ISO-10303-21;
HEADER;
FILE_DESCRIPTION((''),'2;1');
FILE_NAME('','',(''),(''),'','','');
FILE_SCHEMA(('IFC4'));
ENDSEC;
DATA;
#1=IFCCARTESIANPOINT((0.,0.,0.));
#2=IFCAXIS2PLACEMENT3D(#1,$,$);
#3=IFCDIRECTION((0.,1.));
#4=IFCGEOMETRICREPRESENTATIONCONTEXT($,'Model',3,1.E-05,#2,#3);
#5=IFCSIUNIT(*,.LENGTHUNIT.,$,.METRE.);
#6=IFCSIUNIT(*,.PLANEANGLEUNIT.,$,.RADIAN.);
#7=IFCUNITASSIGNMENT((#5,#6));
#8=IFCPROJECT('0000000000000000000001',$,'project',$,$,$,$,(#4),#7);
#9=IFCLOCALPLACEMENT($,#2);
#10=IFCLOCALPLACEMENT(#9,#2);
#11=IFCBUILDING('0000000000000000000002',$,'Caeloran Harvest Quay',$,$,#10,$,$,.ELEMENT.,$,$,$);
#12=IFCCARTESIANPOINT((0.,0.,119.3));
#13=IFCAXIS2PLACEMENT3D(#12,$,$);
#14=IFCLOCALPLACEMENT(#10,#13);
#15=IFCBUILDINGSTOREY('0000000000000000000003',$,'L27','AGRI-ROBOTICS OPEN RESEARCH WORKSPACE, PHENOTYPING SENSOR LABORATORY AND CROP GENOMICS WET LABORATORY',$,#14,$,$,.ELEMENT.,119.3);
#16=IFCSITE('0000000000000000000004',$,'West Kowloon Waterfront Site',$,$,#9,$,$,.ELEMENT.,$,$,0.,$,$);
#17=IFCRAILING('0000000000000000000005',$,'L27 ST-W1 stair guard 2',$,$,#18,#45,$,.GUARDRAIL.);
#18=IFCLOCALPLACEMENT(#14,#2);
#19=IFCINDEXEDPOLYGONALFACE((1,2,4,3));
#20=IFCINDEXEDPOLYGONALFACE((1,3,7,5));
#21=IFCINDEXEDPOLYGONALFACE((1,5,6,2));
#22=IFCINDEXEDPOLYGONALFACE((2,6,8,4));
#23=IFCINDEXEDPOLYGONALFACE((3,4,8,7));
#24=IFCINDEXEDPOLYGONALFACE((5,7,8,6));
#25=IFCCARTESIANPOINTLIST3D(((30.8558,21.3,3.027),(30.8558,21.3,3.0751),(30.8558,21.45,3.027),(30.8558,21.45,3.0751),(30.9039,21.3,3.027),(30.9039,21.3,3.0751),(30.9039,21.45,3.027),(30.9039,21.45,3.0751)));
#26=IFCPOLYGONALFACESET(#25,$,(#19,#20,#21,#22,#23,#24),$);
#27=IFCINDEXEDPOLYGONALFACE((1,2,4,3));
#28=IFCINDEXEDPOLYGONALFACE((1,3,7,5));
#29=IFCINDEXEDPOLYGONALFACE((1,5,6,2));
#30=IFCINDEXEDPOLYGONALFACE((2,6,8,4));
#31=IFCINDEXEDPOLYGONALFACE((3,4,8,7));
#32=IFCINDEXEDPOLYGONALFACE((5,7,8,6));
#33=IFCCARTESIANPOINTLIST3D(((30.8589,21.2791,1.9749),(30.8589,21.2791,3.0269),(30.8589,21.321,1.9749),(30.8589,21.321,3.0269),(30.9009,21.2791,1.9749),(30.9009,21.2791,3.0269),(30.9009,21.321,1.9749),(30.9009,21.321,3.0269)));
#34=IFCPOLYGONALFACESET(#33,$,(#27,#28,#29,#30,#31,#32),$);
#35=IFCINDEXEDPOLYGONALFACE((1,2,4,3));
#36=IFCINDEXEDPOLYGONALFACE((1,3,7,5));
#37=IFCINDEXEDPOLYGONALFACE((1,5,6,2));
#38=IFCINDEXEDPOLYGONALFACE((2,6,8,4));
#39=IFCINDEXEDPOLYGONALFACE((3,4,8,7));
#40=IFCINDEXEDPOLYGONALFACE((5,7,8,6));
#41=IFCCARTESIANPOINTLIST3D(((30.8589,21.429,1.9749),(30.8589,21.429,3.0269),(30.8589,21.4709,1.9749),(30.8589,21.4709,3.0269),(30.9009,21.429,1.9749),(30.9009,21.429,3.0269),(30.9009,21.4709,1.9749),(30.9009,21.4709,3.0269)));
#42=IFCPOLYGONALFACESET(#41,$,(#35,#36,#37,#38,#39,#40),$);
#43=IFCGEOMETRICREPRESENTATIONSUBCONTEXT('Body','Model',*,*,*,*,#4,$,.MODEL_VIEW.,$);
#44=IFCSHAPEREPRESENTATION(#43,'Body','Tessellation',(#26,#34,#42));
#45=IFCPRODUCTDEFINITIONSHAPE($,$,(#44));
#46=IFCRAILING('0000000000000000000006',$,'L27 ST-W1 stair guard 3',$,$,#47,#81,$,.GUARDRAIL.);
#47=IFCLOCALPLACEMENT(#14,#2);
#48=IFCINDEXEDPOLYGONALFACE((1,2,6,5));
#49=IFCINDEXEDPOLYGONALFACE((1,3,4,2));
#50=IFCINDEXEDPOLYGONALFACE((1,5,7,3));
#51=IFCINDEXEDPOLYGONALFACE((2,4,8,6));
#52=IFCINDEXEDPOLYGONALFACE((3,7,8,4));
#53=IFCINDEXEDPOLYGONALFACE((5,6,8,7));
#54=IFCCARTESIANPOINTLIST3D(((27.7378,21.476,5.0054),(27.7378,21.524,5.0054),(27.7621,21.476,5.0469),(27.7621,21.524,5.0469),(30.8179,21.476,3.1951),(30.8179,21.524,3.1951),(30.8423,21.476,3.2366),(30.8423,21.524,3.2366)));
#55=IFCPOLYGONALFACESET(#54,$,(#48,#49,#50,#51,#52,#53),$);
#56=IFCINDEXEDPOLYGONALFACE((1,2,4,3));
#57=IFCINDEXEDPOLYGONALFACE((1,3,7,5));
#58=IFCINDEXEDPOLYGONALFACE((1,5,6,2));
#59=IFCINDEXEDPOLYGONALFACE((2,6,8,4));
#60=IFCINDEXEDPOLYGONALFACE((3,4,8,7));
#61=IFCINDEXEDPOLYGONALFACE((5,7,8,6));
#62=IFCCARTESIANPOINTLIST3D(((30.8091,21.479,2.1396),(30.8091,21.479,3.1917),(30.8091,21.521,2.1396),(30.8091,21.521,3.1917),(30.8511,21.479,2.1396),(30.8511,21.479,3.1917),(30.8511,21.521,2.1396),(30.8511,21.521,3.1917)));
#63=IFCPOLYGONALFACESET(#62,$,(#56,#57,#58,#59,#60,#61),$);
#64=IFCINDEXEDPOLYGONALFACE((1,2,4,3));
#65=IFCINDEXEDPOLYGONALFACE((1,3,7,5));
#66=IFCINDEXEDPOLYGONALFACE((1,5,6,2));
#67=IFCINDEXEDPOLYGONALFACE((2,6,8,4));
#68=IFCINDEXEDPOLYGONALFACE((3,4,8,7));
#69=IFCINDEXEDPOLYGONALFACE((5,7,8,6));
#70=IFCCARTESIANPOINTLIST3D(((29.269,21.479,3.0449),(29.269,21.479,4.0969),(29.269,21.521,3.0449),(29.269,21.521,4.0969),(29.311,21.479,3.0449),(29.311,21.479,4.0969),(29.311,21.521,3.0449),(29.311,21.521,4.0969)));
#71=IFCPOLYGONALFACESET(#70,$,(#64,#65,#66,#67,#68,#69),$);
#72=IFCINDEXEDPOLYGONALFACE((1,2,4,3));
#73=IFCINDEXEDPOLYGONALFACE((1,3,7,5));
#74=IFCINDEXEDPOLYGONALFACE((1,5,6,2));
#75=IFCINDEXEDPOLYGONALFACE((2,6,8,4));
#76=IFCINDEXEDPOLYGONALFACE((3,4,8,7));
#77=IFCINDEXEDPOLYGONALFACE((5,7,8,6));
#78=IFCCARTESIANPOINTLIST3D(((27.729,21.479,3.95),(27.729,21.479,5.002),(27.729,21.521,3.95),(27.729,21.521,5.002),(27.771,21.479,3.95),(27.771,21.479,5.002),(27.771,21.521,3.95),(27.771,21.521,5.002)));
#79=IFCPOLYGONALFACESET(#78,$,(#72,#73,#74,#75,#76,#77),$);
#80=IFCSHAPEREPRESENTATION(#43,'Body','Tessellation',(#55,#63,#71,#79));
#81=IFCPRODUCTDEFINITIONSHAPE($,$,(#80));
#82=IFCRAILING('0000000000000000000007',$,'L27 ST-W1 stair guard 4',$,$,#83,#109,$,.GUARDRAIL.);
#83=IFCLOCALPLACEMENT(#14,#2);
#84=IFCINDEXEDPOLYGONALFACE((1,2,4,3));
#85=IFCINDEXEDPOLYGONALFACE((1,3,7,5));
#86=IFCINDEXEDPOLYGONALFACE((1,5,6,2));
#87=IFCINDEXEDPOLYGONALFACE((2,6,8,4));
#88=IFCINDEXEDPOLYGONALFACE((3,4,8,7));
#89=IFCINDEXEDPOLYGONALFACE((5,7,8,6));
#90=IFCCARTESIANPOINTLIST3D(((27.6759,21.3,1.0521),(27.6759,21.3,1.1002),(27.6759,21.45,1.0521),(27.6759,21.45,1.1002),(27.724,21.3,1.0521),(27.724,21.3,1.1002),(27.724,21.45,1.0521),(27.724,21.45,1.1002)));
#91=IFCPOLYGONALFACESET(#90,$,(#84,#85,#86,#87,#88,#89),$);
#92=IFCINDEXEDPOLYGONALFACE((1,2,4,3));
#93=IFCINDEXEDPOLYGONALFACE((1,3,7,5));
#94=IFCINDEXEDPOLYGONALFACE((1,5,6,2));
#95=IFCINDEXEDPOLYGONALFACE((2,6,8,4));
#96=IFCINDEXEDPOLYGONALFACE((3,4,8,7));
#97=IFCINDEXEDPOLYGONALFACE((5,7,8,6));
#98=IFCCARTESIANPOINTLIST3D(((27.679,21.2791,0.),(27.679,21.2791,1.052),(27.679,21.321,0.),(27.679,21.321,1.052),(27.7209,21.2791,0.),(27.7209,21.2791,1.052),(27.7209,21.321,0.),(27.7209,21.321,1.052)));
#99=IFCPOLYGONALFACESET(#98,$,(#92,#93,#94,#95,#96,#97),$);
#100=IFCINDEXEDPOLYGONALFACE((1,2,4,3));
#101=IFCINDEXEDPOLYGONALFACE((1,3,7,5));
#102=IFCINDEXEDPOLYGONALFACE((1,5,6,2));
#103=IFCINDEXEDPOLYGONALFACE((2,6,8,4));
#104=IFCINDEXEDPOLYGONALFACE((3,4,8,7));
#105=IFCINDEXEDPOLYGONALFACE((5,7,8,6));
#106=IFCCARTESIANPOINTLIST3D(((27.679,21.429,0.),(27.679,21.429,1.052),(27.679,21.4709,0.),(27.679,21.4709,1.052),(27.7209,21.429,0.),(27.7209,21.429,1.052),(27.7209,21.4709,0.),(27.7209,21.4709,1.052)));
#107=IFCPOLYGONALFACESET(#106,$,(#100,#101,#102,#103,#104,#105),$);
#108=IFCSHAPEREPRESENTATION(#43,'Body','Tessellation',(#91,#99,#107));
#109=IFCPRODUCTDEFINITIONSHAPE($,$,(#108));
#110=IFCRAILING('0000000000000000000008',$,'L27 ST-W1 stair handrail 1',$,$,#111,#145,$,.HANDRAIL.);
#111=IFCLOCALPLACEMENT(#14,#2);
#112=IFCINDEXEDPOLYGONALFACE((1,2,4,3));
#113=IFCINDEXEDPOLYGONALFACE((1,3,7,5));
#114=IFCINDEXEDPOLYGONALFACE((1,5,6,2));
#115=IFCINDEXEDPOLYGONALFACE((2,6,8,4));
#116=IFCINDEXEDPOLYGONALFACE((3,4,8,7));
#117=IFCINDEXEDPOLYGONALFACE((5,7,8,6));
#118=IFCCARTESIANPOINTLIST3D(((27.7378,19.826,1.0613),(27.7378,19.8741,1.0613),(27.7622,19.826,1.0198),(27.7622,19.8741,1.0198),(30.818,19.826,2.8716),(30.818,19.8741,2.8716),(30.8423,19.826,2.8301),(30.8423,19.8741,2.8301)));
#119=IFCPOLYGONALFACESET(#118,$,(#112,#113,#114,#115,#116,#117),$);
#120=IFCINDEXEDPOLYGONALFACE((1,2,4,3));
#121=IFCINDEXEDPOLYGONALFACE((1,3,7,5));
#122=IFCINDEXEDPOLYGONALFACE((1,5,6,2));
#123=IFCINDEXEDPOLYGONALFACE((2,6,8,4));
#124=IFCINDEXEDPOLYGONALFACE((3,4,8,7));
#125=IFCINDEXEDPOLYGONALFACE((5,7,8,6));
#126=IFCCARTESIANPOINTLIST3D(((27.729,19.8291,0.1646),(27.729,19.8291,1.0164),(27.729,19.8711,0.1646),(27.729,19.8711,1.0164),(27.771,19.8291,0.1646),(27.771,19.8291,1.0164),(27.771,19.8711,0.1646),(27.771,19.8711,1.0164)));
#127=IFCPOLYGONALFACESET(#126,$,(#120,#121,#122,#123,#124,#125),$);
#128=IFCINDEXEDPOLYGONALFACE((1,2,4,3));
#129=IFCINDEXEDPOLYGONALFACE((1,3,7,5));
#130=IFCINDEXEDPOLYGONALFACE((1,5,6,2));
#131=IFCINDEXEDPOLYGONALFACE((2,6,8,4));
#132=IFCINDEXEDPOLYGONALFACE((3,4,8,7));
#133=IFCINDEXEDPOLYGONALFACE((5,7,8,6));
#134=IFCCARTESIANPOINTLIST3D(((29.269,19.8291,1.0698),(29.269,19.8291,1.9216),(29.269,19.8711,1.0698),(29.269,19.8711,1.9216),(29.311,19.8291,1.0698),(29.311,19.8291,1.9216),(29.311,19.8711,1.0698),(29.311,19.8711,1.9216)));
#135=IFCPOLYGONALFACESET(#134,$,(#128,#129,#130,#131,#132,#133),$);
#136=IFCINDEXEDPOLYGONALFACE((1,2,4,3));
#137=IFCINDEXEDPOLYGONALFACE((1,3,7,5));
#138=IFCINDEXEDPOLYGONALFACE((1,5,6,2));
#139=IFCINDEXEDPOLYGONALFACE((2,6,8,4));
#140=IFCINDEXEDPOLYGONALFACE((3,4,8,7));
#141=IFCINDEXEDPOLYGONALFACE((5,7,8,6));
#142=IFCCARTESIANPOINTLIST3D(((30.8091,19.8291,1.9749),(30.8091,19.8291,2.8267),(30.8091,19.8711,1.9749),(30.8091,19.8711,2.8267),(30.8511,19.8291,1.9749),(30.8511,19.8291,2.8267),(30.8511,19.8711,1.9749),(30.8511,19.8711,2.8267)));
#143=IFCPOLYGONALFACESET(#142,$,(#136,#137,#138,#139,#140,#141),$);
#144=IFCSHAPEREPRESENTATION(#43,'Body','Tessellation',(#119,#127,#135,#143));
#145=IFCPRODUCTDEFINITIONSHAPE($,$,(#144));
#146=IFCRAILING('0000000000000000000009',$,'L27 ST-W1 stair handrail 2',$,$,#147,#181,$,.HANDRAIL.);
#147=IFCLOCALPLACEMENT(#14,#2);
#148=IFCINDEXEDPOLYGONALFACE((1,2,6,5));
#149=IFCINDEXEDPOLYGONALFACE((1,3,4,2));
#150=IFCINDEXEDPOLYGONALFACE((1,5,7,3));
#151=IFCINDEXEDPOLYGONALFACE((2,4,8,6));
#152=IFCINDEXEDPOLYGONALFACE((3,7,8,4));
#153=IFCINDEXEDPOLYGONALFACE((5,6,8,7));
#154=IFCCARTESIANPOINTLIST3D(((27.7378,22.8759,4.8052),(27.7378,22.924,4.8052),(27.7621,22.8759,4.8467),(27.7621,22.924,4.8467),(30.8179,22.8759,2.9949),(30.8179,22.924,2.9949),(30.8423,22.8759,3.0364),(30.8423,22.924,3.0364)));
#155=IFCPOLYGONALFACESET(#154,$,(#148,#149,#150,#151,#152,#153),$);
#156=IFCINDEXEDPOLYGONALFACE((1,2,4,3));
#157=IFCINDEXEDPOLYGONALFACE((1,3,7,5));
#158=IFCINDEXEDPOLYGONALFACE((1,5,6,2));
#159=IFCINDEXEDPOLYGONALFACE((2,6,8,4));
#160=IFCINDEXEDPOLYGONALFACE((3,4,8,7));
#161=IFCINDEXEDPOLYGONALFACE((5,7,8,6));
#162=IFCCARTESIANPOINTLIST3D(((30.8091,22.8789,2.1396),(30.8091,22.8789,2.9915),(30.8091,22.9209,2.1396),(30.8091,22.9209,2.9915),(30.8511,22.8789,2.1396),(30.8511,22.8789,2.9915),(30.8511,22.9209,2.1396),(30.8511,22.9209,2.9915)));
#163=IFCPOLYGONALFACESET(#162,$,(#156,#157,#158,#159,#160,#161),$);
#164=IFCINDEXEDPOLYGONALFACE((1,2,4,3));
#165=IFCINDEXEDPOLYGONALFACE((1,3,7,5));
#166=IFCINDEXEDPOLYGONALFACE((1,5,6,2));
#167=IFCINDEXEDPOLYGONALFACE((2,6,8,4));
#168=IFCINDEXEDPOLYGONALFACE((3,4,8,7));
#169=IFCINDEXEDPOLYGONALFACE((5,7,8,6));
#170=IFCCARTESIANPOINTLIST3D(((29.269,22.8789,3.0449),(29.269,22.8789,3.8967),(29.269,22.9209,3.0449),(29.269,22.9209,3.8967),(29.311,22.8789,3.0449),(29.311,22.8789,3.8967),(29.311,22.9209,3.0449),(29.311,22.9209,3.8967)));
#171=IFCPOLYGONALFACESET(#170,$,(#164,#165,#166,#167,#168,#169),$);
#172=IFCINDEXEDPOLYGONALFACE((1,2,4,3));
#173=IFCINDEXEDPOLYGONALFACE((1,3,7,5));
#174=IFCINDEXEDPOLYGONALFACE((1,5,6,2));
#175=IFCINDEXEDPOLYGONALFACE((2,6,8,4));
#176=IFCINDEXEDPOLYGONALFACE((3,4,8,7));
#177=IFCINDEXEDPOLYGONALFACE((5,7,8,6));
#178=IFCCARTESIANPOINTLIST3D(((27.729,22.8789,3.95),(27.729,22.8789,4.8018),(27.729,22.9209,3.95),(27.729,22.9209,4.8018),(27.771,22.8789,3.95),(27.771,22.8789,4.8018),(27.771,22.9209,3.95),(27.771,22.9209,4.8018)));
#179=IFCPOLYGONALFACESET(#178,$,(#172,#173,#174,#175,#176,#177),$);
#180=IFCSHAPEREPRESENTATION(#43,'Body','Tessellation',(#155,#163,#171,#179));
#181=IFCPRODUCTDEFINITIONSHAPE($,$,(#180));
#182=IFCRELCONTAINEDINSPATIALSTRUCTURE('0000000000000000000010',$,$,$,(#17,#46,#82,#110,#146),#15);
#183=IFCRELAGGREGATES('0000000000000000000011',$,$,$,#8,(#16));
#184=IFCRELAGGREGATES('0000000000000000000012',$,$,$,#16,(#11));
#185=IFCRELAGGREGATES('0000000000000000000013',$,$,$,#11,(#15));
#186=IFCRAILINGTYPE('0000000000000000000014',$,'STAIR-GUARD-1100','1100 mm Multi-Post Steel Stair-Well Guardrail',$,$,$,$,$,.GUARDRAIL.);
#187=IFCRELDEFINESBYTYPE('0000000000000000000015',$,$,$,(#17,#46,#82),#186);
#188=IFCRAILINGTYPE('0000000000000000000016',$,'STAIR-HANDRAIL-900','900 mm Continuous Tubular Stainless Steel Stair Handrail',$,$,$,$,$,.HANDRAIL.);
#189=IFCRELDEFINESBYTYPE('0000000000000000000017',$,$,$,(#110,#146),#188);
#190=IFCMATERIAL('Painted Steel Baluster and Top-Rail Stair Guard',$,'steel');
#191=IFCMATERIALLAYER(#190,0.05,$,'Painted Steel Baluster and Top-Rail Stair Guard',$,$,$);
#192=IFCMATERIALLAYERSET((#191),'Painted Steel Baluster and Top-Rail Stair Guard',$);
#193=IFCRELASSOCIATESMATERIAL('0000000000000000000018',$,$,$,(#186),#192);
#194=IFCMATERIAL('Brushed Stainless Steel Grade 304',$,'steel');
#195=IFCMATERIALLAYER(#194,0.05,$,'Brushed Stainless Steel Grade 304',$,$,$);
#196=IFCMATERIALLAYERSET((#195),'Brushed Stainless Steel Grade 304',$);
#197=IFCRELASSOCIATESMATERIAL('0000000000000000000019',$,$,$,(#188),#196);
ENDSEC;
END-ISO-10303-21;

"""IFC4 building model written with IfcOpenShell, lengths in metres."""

from ifc_helpers import new_model, si_unit, direction, frame, origin, origin_2d, place, context, subcontext, project, spatial, rectangle, extrude, material, layer, layer_set, type_object, element, save


model = new_model("IFC4")

# Units and contexts
model_context = context("Model", 3, precision=1e-05, world=origin(), true_north=direction((0.0, 1.0)))
body_context = subcontext(model_context, "Body", "Model", "MODEL_VIEW")
ifc_project = project(units=[si_unit("LENGTHUNIT", "METRE"), si_unit("PLANEANGLEUNIT", "RADIAN")], contexts=[model_context])

# Site, building, storey
site_placement = place(None, origin())
site = spatial("IfcSite", under=ifc_project, at=site_placement, Name="West Kowloon Waterfront Site", CompositionType="ELEMENT", RefElevation=0.0)
building_placement = place(site_placement, origin())
building = spatial("IfcBuilding", under=site, at=building_placement, Name="Caeloran Harvest Quay", CompositionType="ELEMENT")
storey_placement = place(building_placement, frame((0.0, 0.0, 119.3)))
storey = spatial("IfcBuildingStorey", under=building, at=storey_placement, Name="L27", Description="AGRI-ROBOTICS OPEN RESEARCH WORKSPACE, PHENOTYPING SENSOR LABORATORY AND CROP GENOMICS WET LABORATORY", CompositionType="ELEMENT", Elevation=119.3)

# Railings
ifc_material_1 = material(Name="Painted Steel Baluster and Top-Rail Stair Guard", Category="steel")
ifc_layer_1 = layer(ifc_material_1, 0.05, Name="Painted Steel Baluster and Top-Rail Stair Guard")
ifc_layer_set_1 = layer_set([ifc_layer_1], Name="Painted Steel Baluster and Top-Rail Stair Guard")
railing_type_1 = type_object("IfcRailingType", Name="STAIR-GUARD-1100", Description="1100 mm Multi-Post Steel Stair-Well Guardrail", PredefinedType="GUARDRAIL", material=ifc_layer_set_1)
railing_1_placement = place(storey_placement, frame((30.8799, 21.3, 1.9749)))
element("IfcRailing", 1, at=railing_1_placement, inside=storey, type_object=railing_type_1, Name="L27 ST-W1 stair guard 2", PredefinedType="GUARDRAIL", context=body_context, shape_type="SweptSolid", body=[
    extrude(rectangle(XDim=0.0481, YDim=0.0481, at=origin_2d()), frame((0.0, 0.0, 1.0762), z_axis=(0.0, 1.0, 0.0), x_axis=(-1.0, 0.0, 0.0)), (0.0, 0.0, 1.0), 0.1499),
    extrude(rectangle(XDim=0.042, YDim=0.042, at=origin_2d()), origin(), (0.0, 0.0, 1.0), 1.052),
    extrude(rectangle(XDim=0.042, YDim=0.042, at=origin_2d()), frame((0.0, 0.1499, 0.0)), (0.0, 0.0, 1.0), 1.052),
])
railing_2_placement = place(storey_placement, frame((30.8301, 21.5, 2.1396)))
element("IfcRailing", 2, at=railing_2_placement, inside=storey, type_object=railing_type_1, Name="L27 ST-W1 stair guard 3", PredefinedType="GUARDRAIL", context=body_context, shape_type="SweptSolid", body=[
    extrude(rectangle(XDim=0.0481, YDim=0.0481, at=origin_2d()), frame((0.0, 0.0, 1.0762), z_axis=(-0.862119, 0.0, 0.506707), x_axis=(0.0, -1.0, 0.0)), (0.0, 0.0, 1.0), 3.5728),
    extrude(rectangle(XDim=0.042, YDim=0.042, at=origin_2d()), origin(), (0.0, 0.0, 1.0), 1.052),
    extrude(rectangle(XDim=0.042, YDim=0.042, at=origin_2d()), frame((-1.54, 0.0, 0.9053)), (0.0, 0.0, 1.0), 1.052),
    extrude(rectangle(XDim=0.042, YDim=0.042, at=origin_2d()), frame((-3.0801, 0.0, 1.8103)), (0.0, 0.0, 1.0), 1.052),
])
railing_3_placement = place(storey_placement, frame((27.7, 21.3, 0.0)))
element("IfcRailing", 3, at=railing_3_placement, inside=storey, type_object=railing_type_1, Name="L27 ST-W1 stair guard 4", PredefinedType="GUARDRAIL", context=body_context, shape_type="SweptSolid", body=[
    extrude(rectangle(XDim=0.0481, YDim=0.0481, at=origin_2d()), frame((0.0, 0.0, 1.0762), z_axis=(0.0, 1.0, 0.0), x_axis=(-1.0, 0.0, 0.0)), (0.0, 0.0, 1.0), 0.1499),
    extrude(rectangle(XDim=0.042, YDim=0.042, at=origin_2d()), origin(), (0.0, 0.0, 1.0), 1.052),
    extrude(rectangle(XDim=0.042, YDim=0.042, at=origin_2d()), frame((0.0, 0.1499, 0.0)), (0.0, 0.0, 1.0), 1.052),
])
ifc_material_2 = material(Name="Brushed Stainless Steel Grade 304", Category="steel")
ifc_layer_2 = layer(ifc_material_2, 0.05, Name="Brushed Stainless Steel Grade 304")
ifc_layer_set_2 = layer_set([ifc_layer_2], Name="Brushed Stainless Steel Grade 304")
railing_type_2 = type_object("IfcRailingType", Name="STAIR-HANDRAIL-900", Description="900 mm Continuous Tubular Stainless Steel Stair Handrail", PredefinedType="HANDRAIL", material=ifc_layer_set_2)
railing_4_placement = place(storey_placement, frame((27.75, 19.8501, 0.1646)))
element("IfcRailing", 4, at=railing_4_placement, inside=storey, type_object=railing_type_2, Name="L27 ST-W1 stair handrail 1", PredefinedType="HANDRAIL", context=body_context, shape_type="SweptSolid", body=[
    extrude(rectangle(XDim=0.0481, YDim=0.0481, at=origin_2d()), frame((0.0, 0.0, 0.876), z_axis=(0.862119, 0.0, 0.506707), x_axis=(0.0, 1.0, 0.0)), (0.0, 0.0, 1.0), 3.5728),
    extrude(rectangle(XDim=0.042, YDim=0.042, at=origin_2d()), origin(), (0.0, 0.0, 1.0), 0.8518),
    extrude(rectangle(XDim=0.042, YDim=0.042, at=origin_2d()), frame((1.54, 0.0, 0.9053)), (0.0, 0.0, 1.0), 0.8518),
    extrude(rectangle(XDim=0.042, YDim=0.042, at=origin_2d()), frame((3.0801, 0.0, 1.8103)), (0.0, 0.0, 1.0), 0.8518),
])
railing_5_placement = place(storey_placement, frame((30.8301, 22.8999, 2.1396)))
element("IfcRailing", 5, at=railing_5_placement, inside=storey, type_object=railing_type_2, Name="L27 ST-W1 stair handrail 2", PredefinedType="HANDRAIL", context=body_context, shape_type="SweptSolid", body=[
    extrude(rectangle(XDim=0.0481, YDim=0.0481, at=origin_2d()), frame((0.0, 0.0, 0.876), z_axis=(-0.862119, 0.0, 0.506707), x_axis=(0.0, -1.0, 0.0)), (0.0, 0.0, 1.0), 3.5728),
    extrude(rectangle(XDim=0.042, YDim=0.042, at=origin_2d()), origin(), (0.0, 0.0, 1.0), 0.8518),
    extrude(rectangle(XDim=0.042, YDim=0.042, at=origin_2d()), frame((-1.54, 0.0, 0.9053)), (0.0, 0.0, 1.0), 0.8518),
    extrude(rectangle(XDim=0.042, YDim=0.042, at=origin_2d()), frame((-3.0801, 0.0, 1.8103)), (0.0, 0.0, 1.0), 0.8518),
])

save(model, "model.ifc")
